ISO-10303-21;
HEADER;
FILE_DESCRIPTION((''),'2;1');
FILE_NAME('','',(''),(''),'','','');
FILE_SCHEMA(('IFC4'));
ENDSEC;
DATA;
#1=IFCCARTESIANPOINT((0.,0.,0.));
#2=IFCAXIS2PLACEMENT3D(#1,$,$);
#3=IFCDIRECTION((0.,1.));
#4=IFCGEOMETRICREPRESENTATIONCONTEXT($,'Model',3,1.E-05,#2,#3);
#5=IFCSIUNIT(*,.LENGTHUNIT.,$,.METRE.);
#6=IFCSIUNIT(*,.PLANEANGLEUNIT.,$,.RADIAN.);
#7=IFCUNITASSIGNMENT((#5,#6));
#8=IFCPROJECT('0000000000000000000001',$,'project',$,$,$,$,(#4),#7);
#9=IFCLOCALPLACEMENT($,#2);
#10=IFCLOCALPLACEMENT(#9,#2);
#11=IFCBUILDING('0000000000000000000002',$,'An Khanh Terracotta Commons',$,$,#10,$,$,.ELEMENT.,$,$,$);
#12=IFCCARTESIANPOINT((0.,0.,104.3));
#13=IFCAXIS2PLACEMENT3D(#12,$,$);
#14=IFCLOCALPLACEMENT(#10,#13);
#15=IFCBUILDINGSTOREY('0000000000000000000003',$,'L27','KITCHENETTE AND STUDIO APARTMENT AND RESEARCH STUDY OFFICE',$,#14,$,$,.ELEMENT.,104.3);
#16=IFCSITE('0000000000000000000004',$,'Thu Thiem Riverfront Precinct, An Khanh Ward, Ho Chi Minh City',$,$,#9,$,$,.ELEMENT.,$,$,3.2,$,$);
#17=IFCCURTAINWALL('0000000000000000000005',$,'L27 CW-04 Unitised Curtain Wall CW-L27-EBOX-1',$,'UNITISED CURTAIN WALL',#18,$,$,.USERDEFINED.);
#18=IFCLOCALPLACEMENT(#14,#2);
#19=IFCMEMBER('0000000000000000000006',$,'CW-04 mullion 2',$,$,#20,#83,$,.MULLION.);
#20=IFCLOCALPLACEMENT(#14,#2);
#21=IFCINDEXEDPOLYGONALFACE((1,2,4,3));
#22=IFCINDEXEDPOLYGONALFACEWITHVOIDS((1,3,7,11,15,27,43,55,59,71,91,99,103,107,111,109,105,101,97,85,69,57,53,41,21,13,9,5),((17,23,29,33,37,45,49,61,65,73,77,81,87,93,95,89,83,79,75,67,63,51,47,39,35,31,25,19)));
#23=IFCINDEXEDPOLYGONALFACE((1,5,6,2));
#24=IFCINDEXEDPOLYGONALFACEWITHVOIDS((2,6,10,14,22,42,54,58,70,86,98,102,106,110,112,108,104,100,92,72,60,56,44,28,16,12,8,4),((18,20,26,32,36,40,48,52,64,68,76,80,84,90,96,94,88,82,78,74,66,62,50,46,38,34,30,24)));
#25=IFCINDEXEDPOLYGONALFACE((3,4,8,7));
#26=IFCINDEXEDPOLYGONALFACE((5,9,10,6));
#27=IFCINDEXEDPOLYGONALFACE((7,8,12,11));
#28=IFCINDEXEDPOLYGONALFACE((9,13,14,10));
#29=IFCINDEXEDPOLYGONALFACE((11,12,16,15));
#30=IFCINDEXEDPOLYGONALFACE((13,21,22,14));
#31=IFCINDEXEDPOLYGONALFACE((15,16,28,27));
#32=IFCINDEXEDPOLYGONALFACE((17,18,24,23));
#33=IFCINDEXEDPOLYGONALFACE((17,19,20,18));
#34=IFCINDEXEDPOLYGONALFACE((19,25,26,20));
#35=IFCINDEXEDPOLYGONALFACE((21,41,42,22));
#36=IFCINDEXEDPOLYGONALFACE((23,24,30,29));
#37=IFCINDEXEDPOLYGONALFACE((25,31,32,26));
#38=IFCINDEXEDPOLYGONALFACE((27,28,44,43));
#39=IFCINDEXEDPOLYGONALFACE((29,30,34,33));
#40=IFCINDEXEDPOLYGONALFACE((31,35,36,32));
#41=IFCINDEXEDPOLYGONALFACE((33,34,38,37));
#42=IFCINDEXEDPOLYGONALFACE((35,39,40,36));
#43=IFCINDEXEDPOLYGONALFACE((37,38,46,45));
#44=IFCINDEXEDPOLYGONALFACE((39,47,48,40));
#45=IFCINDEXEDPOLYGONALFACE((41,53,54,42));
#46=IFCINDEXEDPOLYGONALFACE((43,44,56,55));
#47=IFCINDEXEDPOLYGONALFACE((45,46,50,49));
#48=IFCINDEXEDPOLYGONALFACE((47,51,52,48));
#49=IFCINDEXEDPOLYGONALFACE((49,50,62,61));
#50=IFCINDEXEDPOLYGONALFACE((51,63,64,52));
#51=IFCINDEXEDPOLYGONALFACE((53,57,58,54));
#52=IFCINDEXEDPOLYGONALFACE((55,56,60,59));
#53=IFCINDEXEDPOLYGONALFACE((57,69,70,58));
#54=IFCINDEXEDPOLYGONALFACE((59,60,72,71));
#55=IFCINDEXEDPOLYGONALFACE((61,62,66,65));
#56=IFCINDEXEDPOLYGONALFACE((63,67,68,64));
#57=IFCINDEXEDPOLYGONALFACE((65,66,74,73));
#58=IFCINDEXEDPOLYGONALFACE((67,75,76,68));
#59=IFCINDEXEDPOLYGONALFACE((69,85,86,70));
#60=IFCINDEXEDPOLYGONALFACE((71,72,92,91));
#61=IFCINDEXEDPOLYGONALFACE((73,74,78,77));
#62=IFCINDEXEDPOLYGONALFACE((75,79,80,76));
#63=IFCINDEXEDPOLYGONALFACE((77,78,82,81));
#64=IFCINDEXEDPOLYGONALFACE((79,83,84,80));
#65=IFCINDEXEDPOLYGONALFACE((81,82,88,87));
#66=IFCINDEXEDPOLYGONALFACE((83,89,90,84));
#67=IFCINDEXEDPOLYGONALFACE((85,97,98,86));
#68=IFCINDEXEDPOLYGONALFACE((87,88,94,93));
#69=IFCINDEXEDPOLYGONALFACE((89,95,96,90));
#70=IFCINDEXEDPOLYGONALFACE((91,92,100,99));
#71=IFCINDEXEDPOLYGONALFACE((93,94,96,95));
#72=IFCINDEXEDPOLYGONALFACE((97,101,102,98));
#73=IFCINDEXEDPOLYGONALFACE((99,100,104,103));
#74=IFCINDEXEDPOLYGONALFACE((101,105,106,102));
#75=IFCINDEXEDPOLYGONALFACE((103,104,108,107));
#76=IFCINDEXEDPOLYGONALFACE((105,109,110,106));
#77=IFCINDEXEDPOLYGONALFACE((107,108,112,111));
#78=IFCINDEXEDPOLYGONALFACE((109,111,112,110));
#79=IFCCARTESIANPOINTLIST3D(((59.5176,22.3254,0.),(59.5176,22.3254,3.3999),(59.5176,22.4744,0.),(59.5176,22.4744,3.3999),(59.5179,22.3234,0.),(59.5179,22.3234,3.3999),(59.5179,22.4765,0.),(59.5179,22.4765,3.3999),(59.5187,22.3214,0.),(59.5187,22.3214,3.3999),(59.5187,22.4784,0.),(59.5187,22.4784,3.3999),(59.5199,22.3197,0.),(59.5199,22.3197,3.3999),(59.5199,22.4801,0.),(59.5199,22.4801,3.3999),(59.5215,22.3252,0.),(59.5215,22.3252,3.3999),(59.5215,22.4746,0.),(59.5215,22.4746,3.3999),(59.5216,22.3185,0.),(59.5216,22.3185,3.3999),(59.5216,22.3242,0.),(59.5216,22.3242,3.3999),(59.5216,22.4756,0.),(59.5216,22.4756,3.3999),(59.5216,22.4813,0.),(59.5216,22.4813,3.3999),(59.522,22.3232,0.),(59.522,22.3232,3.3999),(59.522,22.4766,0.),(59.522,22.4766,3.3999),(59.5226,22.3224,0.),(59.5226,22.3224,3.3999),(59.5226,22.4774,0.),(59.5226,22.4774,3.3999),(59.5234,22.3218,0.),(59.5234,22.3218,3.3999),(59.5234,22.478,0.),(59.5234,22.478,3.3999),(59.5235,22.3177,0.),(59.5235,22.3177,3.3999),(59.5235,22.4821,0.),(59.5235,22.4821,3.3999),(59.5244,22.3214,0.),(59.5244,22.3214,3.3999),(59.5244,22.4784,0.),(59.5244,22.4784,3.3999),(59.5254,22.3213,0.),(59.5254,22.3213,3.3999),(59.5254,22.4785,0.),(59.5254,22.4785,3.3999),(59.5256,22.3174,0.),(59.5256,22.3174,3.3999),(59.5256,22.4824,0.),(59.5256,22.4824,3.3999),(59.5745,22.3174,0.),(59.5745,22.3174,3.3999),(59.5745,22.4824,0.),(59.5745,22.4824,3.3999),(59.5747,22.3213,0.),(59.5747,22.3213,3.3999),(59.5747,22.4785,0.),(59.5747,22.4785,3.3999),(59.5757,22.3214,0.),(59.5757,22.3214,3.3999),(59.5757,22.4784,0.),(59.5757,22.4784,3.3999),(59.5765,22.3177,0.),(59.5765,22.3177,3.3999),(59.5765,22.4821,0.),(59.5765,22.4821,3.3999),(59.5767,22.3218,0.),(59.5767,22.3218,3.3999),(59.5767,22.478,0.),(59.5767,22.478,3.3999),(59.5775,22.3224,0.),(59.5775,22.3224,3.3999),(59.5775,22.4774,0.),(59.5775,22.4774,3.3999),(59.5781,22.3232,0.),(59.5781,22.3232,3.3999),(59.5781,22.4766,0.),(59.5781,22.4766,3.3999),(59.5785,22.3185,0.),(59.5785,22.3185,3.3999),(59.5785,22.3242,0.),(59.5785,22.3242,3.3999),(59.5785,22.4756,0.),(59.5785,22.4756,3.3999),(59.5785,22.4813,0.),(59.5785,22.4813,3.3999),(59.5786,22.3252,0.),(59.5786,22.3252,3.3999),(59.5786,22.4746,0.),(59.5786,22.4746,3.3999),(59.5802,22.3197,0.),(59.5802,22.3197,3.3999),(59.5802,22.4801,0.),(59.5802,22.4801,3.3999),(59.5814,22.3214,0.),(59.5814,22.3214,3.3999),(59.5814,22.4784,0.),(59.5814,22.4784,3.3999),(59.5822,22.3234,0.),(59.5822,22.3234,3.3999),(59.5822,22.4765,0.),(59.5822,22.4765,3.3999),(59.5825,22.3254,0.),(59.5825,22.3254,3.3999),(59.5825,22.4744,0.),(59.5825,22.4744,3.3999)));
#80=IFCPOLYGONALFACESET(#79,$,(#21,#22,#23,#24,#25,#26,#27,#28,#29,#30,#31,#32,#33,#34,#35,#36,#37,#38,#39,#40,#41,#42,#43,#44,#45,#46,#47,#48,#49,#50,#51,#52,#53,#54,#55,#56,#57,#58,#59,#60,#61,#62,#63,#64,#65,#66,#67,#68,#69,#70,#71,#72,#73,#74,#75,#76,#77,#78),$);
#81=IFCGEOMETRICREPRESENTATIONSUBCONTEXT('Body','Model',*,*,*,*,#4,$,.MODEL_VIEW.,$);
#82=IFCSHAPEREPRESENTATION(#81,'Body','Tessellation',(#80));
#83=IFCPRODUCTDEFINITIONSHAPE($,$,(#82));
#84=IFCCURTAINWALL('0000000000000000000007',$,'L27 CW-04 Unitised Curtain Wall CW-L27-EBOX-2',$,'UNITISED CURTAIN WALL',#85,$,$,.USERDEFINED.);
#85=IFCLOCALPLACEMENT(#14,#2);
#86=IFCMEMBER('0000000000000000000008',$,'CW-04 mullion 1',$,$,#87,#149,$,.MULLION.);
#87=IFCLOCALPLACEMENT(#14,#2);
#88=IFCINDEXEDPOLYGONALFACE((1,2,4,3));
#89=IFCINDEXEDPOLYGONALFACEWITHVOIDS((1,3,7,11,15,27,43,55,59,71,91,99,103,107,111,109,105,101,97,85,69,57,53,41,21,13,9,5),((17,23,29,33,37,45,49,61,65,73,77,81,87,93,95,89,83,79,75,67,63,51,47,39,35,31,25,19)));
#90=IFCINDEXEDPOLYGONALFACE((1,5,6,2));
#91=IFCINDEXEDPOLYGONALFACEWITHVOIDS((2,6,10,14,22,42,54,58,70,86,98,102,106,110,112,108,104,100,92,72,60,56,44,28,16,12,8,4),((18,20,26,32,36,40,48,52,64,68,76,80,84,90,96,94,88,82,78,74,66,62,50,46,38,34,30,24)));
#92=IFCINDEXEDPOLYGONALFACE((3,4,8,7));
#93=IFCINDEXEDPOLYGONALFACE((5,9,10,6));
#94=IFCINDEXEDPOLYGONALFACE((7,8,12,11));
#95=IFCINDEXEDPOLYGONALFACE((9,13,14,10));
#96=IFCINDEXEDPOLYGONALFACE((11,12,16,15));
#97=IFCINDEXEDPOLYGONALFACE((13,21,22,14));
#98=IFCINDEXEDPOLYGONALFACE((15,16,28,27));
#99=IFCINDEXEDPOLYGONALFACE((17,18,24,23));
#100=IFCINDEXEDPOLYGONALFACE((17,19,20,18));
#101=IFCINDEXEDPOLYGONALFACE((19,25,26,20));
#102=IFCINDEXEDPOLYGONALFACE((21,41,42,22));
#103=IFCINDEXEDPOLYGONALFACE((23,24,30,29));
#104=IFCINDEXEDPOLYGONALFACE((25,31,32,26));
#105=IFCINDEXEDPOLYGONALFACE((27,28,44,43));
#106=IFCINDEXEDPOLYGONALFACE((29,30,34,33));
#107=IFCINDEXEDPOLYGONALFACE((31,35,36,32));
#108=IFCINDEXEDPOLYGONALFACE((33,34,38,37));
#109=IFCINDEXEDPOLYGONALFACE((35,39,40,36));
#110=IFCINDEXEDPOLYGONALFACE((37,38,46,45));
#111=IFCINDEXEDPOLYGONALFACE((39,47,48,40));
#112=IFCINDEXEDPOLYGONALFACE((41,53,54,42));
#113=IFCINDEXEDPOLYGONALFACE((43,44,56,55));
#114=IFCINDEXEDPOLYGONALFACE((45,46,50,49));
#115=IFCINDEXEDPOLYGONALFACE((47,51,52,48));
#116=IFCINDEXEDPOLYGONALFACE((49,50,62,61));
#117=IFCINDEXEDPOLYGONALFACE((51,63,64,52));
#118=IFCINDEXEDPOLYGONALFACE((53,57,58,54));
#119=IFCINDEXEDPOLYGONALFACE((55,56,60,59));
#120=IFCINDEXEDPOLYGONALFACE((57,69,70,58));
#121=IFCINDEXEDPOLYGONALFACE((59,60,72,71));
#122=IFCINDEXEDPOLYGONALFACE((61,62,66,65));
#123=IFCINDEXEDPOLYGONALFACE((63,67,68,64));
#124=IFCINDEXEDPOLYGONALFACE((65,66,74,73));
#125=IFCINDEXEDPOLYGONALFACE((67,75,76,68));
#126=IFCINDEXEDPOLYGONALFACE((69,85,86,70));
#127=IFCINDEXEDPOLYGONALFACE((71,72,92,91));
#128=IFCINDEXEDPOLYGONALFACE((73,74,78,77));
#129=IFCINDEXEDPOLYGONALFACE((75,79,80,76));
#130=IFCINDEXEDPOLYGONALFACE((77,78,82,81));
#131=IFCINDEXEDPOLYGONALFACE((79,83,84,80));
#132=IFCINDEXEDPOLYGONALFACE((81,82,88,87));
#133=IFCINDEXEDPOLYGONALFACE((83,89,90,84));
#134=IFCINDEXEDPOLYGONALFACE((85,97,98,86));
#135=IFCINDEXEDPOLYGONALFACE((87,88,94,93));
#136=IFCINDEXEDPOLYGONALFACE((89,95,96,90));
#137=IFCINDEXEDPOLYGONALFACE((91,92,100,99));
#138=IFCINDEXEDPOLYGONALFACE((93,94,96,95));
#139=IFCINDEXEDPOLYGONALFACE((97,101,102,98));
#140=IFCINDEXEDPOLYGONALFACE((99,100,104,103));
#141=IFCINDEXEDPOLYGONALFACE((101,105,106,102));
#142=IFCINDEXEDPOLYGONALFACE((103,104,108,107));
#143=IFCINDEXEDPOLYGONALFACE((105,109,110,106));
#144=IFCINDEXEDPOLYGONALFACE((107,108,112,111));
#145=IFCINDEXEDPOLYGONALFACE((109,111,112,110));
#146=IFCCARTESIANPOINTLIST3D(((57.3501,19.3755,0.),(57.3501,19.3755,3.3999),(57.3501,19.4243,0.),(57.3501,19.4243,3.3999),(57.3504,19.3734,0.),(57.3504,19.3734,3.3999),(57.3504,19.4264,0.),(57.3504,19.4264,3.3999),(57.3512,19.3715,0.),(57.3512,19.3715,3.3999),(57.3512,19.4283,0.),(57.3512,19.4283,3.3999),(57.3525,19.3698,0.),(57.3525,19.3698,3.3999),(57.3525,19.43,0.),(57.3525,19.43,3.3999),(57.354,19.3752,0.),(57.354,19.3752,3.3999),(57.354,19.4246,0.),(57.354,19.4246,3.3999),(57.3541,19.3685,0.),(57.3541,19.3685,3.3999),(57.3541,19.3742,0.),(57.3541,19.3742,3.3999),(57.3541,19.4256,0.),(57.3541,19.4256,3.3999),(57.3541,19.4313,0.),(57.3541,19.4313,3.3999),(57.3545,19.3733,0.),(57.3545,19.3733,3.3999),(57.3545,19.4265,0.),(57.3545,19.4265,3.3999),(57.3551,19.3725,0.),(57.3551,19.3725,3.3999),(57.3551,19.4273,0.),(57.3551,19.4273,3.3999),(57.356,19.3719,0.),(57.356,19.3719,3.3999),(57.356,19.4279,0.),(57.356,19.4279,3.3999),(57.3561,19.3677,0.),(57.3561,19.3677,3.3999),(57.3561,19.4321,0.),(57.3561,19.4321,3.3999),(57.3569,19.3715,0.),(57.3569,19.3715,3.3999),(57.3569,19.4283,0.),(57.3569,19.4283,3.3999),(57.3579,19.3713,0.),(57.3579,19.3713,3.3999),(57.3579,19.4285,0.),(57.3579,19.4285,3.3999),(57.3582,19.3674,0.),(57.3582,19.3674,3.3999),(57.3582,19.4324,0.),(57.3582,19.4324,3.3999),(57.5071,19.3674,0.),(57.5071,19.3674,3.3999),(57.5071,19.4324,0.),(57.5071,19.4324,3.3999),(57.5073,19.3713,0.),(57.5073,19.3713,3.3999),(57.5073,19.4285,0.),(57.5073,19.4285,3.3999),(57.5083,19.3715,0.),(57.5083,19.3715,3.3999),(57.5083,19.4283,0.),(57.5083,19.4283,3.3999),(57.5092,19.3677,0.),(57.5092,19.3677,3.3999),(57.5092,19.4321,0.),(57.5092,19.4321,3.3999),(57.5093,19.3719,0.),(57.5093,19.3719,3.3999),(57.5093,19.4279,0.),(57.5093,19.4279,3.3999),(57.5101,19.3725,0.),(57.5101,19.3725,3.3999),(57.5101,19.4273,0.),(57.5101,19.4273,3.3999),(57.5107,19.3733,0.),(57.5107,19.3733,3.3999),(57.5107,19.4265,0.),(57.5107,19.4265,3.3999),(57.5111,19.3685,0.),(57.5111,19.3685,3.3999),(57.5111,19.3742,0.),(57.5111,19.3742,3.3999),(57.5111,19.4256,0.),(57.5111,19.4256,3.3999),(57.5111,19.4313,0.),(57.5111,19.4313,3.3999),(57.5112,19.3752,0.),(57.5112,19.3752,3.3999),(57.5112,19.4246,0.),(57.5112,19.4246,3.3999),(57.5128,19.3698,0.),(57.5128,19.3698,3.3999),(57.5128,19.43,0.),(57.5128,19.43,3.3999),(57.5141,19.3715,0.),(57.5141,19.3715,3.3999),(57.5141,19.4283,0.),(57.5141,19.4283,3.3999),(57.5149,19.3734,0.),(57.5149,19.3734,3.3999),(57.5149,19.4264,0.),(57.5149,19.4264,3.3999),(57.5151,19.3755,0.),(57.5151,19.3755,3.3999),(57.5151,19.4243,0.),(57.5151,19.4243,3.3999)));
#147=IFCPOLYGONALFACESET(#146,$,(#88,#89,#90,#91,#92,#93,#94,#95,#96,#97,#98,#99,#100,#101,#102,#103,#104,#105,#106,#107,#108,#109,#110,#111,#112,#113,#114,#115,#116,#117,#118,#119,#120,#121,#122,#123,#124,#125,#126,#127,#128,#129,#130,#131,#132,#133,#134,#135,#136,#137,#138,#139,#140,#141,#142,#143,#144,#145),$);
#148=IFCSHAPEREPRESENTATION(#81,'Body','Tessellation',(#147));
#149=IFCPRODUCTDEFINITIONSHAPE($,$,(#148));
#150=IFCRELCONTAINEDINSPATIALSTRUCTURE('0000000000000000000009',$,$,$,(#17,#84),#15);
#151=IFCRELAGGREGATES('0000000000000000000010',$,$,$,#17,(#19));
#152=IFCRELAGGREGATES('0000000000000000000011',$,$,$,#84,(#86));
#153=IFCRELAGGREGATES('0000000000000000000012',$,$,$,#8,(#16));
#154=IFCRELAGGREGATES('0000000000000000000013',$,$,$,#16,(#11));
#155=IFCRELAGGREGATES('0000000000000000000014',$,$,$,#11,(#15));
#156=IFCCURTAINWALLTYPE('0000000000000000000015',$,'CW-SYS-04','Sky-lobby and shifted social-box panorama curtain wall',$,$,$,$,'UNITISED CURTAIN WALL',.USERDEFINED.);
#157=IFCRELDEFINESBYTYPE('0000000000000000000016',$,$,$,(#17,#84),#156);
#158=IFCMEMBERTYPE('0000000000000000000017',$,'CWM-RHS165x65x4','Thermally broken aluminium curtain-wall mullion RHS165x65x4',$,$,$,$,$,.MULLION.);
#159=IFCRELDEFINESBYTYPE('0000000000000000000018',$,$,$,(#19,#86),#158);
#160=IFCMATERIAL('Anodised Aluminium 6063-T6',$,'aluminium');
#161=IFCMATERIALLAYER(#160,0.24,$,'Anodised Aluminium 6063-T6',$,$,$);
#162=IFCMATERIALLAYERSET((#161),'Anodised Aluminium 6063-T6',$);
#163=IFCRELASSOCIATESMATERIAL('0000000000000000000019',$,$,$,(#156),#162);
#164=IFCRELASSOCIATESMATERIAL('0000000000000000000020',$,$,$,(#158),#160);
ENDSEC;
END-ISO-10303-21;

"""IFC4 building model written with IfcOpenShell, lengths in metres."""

from ifc_helpers import new_model, si_unit, direction, frame, origin, origin_2d, place, context, subcontext, project, spatial, hollow_rectangle, extrude, material, layer, layer_set, material_profile, profile_set, type_object, element, aggregate, save


model = new_model("IFC4")

# Units and contexts
model_context = context("Model", 3, precision=1e-05, world=origin(), true_north=direction((0.0, 1.0)))
body_context = subcontext(model_context, "Body", "Model", "MODEL_VIEW")
ifc_project = project(units=[si_unit("LENGTHUNIT", "METRE"), si_unit("PLANEANGLEUNIT", "RADIAN")], contexts=[model_context])

# Site, building, storey
site_placement = place(None, origin())
site = spatial("IfcSite", under=ifc_project, at=site_placement, Name="Thu Thiem Riverfront Precinct, An Khanh Ward, Ho Chi Minh City", CompositionType="ELEMENT", RefElevation=3.2)
building_placement = place(site_placement, origin())
building = spatial("IfcBuilding", under=site, at=building_placement, Name="An Khanh Terracotta Commons", CompositionType="ELEMENT")
storey_placement = place(building_placement, frame((0.0, 0.0, 104.3)))
storey = spatial("IfcBuildingStorey", under=building, at=storey_placement, Name="L27", Description="KITCHENETTE AND STUDIO APARTMENT AND RESEARCH STUDY OFFICE", CompositionType="ELEMENT", Elevation=104.3)

# Curtain walls, members
ifc_material_1 = material(Name="Anodised Aluminium 6063-T6", Category="aluminium")
ifc_layer_1 = layer(ifc_material_1, 0.24, Name="Anodised Aluminium 6063-T6")
ifc_layer_set_1 = layer_set([ifc_layer_1], Name="Anodised Aluminium 6063-T6")
curtain_wall_type_1 = type_object("IfcCurtainWallType", Name="CW-SYS-04", Description="Sky-lobby and shifted social-box panorama curtain wall", ElementType="UNITISED CURTAIN WALL", PredefinedType="USERDEFINED", material=ifc_layer_set_1)
curtain_wall_1_placement = place(storey_placement, origin())
curtain_wall_1 = element("IfcCurtainWall", 1, at=curtain_wall_1_placement, inside=storey, type_object=curtain_wall_type_1, Name="L27 CW-04 Unitised Curtain Wall CW-L27-EBOX-1", ObjectType="UNITISED CURTAIN WALL", PredefinedType="USERDEFINED")
ifc_material_profile_1 = material_profile(ifc_material_1, hollow_rectangle(XDim=0.0649, YDim=0.165, WallThickness=0.0039, InnerFilletRadius=0.0039, OuterFilletRadius=0.0081, at=origin_2d()), Name="RHS165x65x4")
ifc_profile_set_1 = profile_set([ifc_material_profile_1], Name="Anodised Aluminium 6063-T6")
member_type_1 = type_object("IfcMemberType", Name="CWM-RHS165x65x4", Description="Thermally broken aluminium curtain-wall mullion RHS165x65x4", PredefinedType="MULLION", material=ifc_profile_set_1)
member_1_placement = place(storey_placement, frame((59.55, 22.3999, 0.0), z_axis=(0.0, 0.0, 1.0), x_axis=(-1.0, 0.0, 0.0)))
member_1 = element("IfcMember", 2, at=member_1_placement, type_object=member_type_1, Name="CW-04 mullion 2", PredefinedType="MULLION", context=body_context, shape_type="SweptSolid", body=[
    extrude(hollow_rectangle(XDim=0.0649, YDim=0.165, WallThickness=0.0039, InnerFilletRadius=0.0039, OuterFilletRadius=0.0081, at=origin_2d()), origin(), (0.0, 0.0, 1.0), 3.3999),
])
curtain_wall_2_placement = place(storey_placement, origin())
curtain_wall_2 = element("IfcCurtainWall", 3, at=curtain_wall_2_placement, inside=storey, type_object=curtain_wall_type_1, Name="L27 CW-04 Unitised Curtain Wall CW-L27-EBOX-2", ObjectType="UNITISED CURTAIN WALL", PredefinedType="USERDEFINED")
member_2_placement = place(storey_placement, frame((57.4326, 19.3999, 0.0), z_axis=(0.0, 0.0, 1.0), x_axis=(0.0, 1.0, 0.0)))
member_2 = element("IfcMember", 4, at=member_2_placement, type_object=member_type_1, Name="CW-04 mullion 1", PredefinedType="MULLION", context=body_context, shape_type="SweptSolid", body=[
    extrude(hollow_rectangle(XDim=0.0649, YDim=0.165, WallThickness=0.0039, InnerFilletRadius=0.0039, OuterFilletRadius=0.0081, at=origin_2d()), origin(), (0.0, 0.0, 1.0), 3.3999),
])

aggregate(curtain_wall_1, [member_1])
aggregate(curtain_wall_2, [member_2])

save(model, "model.ifc")
